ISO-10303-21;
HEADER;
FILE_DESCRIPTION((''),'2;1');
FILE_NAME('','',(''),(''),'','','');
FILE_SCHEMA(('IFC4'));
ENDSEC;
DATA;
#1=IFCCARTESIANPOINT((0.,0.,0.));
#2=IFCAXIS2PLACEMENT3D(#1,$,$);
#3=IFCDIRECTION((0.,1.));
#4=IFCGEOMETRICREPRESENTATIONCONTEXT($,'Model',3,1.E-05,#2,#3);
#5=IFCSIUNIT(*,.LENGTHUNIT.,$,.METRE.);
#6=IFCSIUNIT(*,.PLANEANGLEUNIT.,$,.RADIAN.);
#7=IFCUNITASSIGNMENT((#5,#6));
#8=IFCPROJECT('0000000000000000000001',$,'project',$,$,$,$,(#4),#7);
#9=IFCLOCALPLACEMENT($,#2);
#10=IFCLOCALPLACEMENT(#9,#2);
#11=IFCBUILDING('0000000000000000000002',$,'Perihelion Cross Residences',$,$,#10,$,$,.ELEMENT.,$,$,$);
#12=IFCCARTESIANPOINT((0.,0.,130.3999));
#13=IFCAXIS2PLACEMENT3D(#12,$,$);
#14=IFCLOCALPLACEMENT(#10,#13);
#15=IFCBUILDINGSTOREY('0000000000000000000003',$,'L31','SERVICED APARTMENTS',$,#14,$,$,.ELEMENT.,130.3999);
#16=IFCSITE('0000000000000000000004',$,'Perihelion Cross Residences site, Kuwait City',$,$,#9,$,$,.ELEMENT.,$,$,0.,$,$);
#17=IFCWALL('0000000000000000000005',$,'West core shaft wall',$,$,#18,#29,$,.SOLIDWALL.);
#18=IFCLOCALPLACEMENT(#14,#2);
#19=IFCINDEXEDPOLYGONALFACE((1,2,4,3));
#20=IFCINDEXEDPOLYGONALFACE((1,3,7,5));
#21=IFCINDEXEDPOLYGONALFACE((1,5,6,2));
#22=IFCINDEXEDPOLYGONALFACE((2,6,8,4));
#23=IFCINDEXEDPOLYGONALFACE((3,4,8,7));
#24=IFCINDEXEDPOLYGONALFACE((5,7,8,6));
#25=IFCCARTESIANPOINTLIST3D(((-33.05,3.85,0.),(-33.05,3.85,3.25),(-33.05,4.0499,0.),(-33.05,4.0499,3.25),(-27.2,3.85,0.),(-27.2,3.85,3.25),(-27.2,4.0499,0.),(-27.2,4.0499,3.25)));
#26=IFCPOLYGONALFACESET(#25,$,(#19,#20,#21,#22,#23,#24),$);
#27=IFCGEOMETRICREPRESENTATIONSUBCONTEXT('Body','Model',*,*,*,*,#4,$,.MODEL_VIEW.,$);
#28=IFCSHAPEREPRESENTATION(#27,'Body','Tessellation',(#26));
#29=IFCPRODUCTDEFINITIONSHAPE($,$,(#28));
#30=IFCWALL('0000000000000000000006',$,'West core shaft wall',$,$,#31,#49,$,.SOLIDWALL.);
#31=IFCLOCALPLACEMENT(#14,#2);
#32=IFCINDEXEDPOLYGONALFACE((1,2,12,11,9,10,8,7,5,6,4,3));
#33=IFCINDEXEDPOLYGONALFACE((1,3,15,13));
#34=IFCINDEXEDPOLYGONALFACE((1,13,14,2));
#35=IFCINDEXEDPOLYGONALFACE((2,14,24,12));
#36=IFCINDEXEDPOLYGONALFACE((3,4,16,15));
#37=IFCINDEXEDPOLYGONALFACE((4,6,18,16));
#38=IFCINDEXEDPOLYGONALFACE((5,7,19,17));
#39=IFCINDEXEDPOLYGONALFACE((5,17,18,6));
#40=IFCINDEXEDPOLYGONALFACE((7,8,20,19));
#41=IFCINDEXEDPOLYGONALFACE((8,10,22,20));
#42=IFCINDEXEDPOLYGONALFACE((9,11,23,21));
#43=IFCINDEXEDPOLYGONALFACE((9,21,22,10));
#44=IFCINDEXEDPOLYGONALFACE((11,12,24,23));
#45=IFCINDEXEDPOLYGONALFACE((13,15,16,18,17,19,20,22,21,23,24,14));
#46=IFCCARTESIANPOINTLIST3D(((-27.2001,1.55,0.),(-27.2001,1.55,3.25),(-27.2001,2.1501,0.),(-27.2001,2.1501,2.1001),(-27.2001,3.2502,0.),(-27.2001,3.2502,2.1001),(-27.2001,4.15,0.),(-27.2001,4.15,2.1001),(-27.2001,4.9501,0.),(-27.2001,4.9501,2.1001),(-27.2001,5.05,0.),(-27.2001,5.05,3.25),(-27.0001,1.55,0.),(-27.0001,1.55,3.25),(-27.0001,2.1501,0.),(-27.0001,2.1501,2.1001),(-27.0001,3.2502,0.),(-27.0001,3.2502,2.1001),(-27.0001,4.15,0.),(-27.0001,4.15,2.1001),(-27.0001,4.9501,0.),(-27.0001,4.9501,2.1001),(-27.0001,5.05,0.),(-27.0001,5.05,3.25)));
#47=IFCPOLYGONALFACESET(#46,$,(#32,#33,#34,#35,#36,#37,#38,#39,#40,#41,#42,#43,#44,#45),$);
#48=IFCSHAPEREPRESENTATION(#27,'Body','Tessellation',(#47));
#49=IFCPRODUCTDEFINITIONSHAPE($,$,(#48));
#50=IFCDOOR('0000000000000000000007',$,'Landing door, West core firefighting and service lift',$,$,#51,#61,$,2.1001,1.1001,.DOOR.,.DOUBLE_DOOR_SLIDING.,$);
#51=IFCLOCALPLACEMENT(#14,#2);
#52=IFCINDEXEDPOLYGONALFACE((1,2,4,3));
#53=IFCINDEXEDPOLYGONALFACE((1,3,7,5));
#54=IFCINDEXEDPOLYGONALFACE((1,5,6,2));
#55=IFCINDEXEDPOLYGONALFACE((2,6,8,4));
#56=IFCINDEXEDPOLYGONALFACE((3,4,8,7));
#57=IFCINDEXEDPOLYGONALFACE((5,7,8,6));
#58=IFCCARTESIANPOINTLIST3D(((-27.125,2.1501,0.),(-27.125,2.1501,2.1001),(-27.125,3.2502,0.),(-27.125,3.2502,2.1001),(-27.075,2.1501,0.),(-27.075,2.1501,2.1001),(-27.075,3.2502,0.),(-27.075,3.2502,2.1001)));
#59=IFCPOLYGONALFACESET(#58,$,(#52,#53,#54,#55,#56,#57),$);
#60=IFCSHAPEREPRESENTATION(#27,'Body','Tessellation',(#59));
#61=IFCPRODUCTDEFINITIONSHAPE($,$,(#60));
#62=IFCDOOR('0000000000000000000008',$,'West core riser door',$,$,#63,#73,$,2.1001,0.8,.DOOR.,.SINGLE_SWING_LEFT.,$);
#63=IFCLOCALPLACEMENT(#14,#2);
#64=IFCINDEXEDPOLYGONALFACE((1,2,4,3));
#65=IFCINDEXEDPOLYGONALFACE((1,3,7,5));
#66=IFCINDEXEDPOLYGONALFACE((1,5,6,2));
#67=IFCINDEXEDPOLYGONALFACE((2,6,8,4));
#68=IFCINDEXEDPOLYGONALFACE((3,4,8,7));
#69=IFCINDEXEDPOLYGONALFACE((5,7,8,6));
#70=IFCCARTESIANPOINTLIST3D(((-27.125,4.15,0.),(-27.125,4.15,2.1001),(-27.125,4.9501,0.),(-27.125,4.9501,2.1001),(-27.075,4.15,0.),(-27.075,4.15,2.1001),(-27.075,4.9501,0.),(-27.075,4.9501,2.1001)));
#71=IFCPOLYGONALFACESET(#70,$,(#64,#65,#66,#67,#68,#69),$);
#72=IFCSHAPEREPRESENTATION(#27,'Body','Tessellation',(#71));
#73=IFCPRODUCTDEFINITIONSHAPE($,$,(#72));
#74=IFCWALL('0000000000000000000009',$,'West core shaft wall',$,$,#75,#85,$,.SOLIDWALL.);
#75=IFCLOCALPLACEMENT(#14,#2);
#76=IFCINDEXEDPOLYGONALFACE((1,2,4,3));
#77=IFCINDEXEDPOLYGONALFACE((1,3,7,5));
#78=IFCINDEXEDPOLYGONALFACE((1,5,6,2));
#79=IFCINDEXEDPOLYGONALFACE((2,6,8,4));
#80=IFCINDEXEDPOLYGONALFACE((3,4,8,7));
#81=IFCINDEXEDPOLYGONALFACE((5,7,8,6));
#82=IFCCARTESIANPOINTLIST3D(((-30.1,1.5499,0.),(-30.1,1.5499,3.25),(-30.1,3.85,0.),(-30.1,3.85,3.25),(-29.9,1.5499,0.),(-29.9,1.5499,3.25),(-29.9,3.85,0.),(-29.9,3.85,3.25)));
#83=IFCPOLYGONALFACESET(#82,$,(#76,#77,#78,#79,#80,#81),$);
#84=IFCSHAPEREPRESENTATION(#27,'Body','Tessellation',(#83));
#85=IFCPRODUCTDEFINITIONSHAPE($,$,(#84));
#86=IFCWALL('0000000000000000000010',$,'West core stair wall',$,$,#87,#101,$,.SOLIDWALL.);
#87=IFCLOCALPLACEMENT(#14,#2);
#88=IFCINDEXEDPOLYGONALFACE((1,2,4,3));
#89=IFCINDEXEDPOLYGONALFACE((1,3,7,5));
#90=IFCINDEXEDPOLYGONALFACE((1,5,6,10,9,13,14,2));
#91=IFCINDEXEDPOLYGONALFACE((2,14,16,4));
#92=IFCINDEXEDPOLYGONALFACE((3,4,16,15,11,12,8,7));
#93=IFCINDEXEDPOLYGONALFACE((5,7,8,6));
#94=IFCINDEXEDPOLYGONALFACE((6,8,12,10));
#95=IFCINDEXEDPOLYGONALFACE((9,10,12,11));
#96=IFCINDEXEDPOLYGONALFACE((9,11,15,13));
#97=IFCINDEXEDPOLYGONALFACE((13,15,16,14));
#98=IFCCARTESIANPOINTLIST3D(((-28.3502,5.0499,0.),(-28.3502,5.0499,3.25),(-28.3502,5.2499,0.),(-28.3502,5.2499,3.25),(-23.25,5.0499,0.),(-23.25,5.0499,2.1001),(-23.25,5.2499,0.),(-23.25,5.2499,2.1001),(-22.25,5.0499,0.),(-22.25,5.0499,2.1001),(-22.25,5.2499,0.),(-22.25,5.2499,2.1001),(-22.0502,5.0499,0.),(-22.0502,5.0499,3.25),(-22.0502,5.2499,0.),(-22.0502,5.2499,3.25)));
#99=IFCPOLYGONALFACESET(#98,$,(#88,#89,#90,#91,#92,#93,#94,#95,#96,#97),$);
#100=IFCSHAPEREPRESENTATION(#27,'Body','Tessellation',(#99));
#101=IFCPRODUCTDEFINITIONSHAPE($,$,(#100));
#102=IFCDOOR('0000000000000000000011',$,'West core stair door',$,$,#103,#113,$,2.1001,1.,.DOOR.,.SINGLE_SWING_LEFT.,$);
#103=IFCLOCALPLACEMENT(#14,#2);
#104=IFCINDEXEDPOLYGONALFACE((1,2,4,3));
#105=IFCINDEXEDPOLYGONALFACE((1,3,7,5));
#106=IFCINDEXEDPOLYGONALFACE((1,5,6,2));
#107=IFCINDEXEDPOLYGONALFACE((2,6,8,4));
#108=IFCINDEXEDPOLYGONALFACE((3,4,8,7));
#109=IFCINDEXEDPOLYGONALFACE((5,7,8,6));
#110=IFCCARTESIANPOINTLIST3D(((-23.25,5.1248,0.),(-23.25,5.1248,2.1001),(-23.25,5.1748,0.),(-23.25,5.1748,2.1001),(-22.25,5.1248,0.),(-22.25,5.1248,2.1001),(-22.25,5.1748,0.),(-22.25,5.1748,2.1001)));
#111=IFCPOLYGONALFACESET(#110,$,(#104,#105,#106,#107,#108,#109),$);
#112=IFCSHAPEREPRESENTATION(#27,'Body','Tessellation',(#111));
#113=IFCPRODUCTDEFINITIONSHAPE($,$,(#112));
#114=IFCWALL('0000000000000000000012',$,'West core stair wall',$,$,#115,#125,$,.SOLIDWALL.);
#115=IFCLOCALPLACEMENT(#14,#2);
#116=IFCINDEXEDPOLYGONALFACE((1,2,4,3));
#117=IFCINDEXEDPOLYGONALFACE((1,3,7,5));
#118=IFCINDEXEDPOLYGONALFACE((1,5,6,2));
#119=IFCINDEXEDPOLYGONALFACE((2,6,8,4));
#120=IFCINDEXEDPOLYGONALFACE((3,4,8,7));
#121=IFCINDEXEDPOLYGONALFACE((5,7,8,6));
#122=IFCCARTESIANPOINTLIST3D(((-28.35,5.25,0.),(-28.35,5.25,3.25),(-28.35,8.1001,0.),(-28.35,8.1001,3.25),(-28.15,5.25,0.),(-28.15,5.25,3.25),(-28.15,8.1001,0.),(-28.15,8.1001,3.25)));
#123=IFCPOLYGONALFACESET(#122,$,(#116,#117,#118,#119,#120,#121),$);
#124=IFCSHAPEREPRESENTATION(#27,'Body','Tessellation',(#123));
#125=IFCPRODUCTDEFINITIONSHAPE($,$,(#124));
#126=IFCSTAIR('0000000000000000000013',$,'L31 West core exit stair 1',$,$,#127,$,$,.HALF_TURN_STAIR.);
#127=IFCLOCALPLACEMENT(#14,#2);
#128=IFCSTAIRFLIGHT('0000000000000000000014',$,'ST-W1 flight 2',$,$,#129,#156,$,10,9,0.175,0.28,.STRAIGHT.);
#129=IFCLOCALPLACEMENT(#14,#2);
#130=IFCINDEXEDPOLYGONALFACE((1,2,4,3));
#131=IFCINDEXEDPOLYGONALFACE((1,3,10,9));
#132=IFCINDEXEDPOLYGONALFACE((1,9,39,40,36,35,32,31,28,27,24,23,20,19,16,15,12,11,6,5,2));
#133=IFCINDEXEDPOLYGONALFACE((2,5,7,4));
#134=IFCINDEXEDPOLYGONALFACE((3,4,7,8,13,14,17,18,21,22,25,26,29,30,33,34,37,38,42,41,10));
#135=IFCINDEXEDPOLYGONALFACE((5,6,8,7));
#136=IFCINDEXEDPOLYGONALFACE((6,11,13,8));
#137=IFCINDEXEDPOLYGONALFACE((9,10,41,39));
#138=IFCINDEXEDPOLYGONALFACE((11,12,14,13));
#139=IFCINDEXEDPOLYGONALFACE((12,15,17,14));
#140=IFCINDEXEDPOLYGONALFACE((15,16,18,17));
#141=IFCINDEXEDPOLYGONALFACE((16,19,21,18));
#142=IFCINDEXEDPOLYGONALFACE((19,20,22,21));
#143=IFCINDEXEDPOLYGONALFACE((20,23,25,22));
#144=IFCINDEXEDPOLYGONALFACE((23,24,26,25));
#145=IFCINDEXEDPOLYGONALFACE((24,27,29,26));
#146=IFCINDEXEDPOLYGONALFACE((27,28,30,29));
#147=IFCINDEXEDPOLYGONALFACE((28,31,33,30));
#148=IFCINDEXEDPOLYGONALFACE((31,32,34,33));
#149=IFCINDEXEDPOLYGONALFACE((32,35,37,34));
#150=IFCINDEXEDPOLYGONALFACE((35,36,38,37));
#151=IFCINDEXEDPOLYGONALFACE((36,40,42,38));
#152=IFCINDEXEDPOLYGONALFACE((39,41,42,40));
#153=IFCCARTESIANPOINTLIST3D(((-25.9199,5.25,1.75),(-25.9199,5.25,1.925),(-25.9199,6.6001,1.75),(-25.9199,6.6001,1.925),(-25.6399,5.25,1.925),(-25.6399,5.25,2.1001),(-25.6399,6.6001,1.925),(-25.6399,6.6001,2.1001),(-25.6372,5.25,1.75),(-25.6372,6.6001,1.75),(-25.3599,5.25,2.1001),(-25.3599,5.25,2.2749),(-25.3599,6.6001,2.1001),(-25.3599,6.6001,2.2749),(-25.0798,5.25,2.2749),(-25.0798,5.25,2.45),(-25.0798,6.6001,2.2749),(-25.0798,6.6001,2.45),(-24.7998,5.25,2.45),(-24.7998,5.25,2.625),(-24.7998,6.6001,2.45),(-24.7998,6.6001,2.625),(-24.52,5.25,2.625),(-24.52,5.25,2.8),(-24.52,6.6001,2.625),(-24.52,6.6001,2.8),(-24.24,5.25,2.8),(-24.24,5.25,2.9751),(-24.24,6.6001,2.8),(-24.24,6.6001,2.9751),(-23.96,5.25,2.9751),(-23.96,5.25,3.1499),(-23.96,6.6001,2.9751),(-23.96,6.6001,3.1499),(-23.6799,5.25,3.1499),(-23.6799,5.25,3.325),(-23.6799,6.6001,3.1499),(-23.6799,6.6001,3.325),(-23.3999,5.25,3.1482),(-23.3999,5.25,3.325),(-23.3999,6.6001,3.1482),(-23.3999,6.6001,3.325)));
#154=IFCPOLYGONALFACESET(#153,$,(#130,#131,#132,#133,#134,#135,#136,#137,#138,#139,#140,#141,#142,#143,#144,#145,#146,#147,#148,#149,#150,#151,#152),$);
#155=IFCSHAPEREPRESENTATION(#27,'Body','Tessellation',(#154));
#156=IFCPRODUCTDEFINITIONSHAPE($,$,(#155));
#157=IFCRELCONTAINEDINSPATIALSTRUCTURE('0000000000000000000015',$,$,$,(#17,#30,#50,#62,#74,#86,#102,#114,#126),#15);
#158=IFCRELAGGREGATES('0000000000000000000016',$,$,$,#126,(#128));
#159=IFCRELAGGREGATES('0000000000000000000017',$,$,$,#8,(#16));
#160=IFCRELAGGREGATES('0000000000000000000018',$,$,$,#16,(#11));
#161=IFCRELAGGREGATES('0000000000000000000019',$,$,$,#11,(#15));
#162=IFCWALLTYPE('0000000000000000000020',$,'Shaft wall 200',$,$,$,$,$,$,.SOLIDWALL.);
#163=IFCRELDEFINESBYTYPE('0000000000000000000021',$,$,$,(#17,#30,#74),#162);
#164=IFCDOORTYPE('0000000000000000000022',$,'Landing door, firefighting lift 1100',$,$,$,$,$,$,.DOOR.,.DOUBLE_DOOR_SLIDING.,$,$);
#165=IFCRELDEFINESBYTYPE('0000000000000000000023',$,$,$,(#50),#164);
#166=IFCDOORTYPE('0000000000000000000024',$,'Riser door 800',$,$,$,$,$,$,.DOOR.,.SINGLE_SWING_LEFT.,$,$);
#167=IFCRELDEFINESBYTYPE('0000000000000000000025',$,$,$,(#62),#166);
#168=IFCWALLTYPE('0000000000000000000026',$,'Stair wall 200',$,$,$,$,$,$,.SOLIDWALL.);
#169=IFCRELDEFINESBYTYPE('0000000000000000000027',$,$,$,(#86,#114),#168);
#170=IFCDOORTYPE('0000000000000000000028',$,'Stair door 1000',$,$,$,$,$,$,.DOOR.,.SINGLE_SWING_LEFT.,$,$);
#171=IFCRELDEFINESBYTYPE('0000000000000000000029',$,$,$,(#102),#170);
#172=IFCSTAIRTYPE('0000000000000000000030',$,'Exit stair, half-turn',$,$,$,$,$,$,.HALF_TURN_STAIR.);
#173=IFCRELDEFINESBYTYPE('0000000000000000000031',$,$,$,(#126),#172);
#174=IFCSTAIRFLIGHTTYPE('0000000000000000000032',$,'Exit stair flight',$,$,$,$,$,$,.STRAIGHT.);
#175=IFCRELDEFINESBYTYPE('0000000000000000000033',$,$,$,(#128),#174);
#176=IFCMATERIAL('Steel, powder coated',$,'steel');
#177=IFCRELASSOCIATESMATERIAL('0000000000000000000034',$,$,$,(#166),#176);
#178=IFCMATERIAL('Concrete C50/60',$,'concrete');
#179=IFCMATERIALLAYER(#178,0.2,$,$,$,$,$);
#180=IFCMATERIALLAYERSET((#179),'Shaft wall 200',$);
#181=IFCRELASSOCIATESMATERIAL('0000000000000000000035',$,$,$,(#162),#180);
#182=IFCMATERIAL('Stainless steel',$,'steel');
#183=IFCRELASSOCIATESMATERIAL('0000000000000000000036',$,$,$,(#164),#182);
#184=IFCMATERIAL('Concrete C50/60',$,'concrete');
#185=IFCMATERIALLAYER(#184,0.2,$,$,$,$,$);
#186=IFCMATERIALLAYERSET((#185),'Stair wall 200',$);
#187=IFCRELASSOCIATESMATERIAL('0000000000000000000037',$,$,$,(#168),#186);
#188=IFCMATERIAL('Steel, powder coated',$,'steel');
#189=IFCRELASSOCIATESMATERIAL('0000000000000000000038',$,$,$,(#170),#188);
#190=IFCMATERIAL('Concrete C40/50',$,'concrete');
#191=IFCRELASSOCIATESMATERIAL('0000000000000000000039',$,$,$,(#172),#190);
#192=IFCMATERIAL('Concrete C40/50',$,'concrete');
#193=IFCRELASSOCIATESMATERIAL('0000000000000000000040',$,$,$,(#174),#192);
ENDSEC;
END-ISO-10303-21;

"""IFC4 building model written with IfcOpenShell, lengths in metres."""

from ifc_helpers import new_model, si_unit, direction, frame, frame_2d, origin, place, context, subcontext, project, spatial, polyline, rectangle, outline, extrude, material, layer, layer_set, type_object, element, fill, aggregate, save


model = new_model("IFC4")

# Units and contexts
model_context = context("Model", 3, precision=1e-05, world=origin(), true_north=direction((0.0, 1.0)))
body_context = subcontext(model_context, "Body", "Model", "MODEL_VIEW")
ifc_project = project(units=[si_unit("LENGTHUNIT", "METRE"), si_unit("PLANEANGLEUNIT", "RADIAN")], contexts=[model_context])

# Site, building, storey
site_placement = place(None, origin())
site = spatial("IfcSite", under=ifc_project, at=site_placement, Name="Perihelion Cross Residences site, Kuwait City", CompositionType="ELEMENT", RefElevation=0.0)
building_placement = place(site_placement, origin())
building = spatial("IfcBuilding", under=site, at=building_placement, Name="Perihelion Cross Residences", CompositionType="ELEMENT")
storey_placement = place(building_placement, frame((0.0, 0.0, 130.3999)))
storey = spatial("IfcBuildingStorey", under=building, at=storey_placement, Name="L31", Description="SERVICED APARTMENTS", CompositionType="ELEMENT", Elevation=130.3999)

# Shared definitions
ifc_material_1 = material(Name="Steel, powder coated", Category="steel")
door_type_1 = type_object("IfcDoorType", Name="Riser door 800", OperationType="SINGLE_SWING_LEFT", PredefinedType="DOOR", material=ifc_material_1)

# Shared definitions
ifc_material_2 = material(Name="Concrete C50/60", Category="concrete")
ifc_layer_1 = layer(ifc_material_2, 0.2)
ifc_layer_set_1 = layer_set([ifc_layer_1], Name="Shaft wall 200")
wall_type_1 = type_object("IfcWallType", Name="Shaft wall 200", PredefinedType="SOLIDWALL", material=ifc_layer_set_1)

# Wall
wall_1_placement = place(storey_placement, frame((-33.05, 3.95, 0.0), z_axis=(0.0, 0.0, 1.0), x_axis=(1.0, 0.0, 0.0)))
element("IfcWall", 1, at=wall_1_placement, inside=storey, type_object=wall_type_1, Name="West core shaft wall", PredefinedType="SOLIDWALL", context=body_context, shape_type="SweptSolid", body=[
    extrude(rectangle(XDim=5.8501, YDim=0.2, at=frame_2d((2.925, 0.0))), origin(), (0.0, 0.0, 1.0), 3.25),
])

# Wall, openings, doors
wall_2_placement = place(storey_placement, frame((-27.1001, 1.55, 0.0), z_axis=(0.0, 0.0, 1.0), x_axis=(0.0, 1.0, 0.0)))
wall_2 = element("IfcWall", 2, at=wall_2_placement, inside=storey, type_object=wall_type_1, Name="West core shaft wall", PredefinedType="SOLIDWALL", context=body_context, shape_type="SweptSolid", body=[
    extrude(rectangle(XDim=3.5, YDim=0.2, at=frame_2d((1.75, 0.0))), origin(), (0.0, 0.0, 1.0), 3.25),
])
opening_1_placement = place(wall_2_placement, frame((0.6001, 0.0, 0.0)))
opening_1 = element("IfcOpeningElement", 3, at=opening_1_placement, cuts=wall_2, PredefinedType="OPENING", context=body_context, shape_type="SweptSolid", body=[
    extrude(rectangle(XDim=1.1001, YDim=2.1001, at=frame_2d((0.55, 1.05))), frame((0.0, 0.1099, 0.0), z_axis=(0.0, -1.0, 0.0), x_axis=(1.0, 0.0, 0.0)), (0.0, 0.0, 1.0), 0.22),
])
opening_2_placement = place(wall_2_placement, frame((2.6001, 0.0, 0.0)))
opening_2 = element("IfcOpeningElement", 4, at=opening_2_placement, cuts=wall_2, PredefinedType="OPENING", context=body_context, shape_type="SweptSolid", body=[
    extrude(rectangle(XDim=0.8, YDim=2.1001, at=frame_2d((0.3999, 1.05))), frame((0.0, 0.1099, 0.0), z_axis=(0.0, -1.0, 0.0), x_axis=(1.0, 0.0, 0.0)), (0.0, 0.0, 1.0), 0.22),
])
ifc_material_3 = material(Name="Stainless steel", Category="steel")
door_type_2 = type_object("IfcDoorType", Name="Landing door, firefighting lift 1100", OperationType="DOUBLE_DOOR_SLIDING", PredefinedType="DOOR", material=ifc_material_3)
door_1_placement = place(opening_1_placement, origin())
door_1 = element("IfcDoor", 5, at=door_1_placement, inside=storey, type_object=door_type_2, Name="Landing door, West core firefighting and service lift", OperationType="DOUBLE_DOOR_SLIDING", OverallHeight=2.1001, OverallWidth=1.1001, PredefinedType="DOOR", context=body_context, shape_type="SweptSolid", body=[
    extrude(rectangle(XDim=1.1001, YDim=2.1001, at=frame_2d((0.55, 1.05))), frame((0.0, 0.0249, 0.0), z_axis=(0.0, -1.0, 0.0), x_axis=(1.0, 0.0, 0.0)), (0.0, 0.0, 1.0), 0.05),
])
fill(opening_1, door_1)
door_2_placement = place(opening_2_placement, origin())
door_2 = element("IfcDoor", 6, at=door_2_placement, inside=storey, type_object=door_type_1, Name="West core riser door", OperationType="SINGLE_SWING_LEFT", OverallHeight=2.1001, OverallWidth=0.8, PredefinedType="DOOR", context=body_context, shape_type="SweptSolid", body=[
    extrude(rectangle(XDim=0.8, YDim=2.1001, at=frame_2d((0.3999, 1.05))), frame((0.0, 0.0249, 0.0), z_axis=(0.0, -1.0, 0.0), x_axis=(1.0, 0.0, 0.0)), (0.0, 0.0, 1.0), 0.05),
])
fill(opening_2, door_2)

# Wall
wall_3_placement = place(storey_placement, frame((-30.0, 1.55, 0.0), z_axis=(0.0, 0.0, 1.0), x_axis=(0.0, 1.0, 0.0)))
element("IfcWall", 7, at=wall_3_placement, inside=storey, type_object=wall_type_1, Name="West core shaft wall", PredefinedType="SOLIDWALL", context=body_context, shape_type="SweptSolid", body=[
    extrude(rectangle(XDim=2.3, YDim=0.2, at=frame_2d((1.1499, 0.0))), origin(), (0.0, 0.0, 1.0), 3.25),
])

# Wall, opening, door
ifc_material_4 = material(Name="Concrete C50/60", Category="concrete")
ifc_layer_2 = layer(ifc_material_4, 0.2)
ifc_layer_set_2 = layer_set([ifc_layer_2], Name="Stair wall 200")
wall_type_2 = type_object("IfcWallType", Name="Stair wall 200", PredefinedType="SOLIDWALL", material=ifc_layer_set_2)
wall_4_placement = place(storey_placement, frame((-28.3501, 5.1499, 0.0), z_axis=(0.0, 0.0, 1.0), x_axis=(1.0, 0.0, 0.0)))
wall_4 = element("IfcWall", 8, at=wall_4_placement, inside=storey, type_object=wall_type_2, Name="West core stair wall", PredefinedType="SOLIDWALL", context=body_context, shape_type="SweptSolid", body=[
    extrude(rectangle(XDim=6.3, YDim=0.2, at=frame_2d((3.1499, 0.0))), origin(), (0.0, 0.0, 1.0), 3.25),
])
opening_3_placement = place(wall_4_placement, frame((5.1001, 0.0, 0.0)))
opening_3 = element("IfcOpeningElement", 9, at=opening_3_placement, cuts=wall_4, PredefinedType="OPENING", context=body_context, shape_type="SweptSolid", body=[
    extrude(rectangle(XDim=1.0, YDim=2.1001, at=frame_2d((0.5, 1.05))), frame((0.0, 0.1099, 0.0), z_axis=(0.0, -1.0, 0.0), x_axis=(1.0, 0.0, 0.0)), (0.0, 0.0, 1.0), 0.22),
])
ifc_material_5 = material(Name="Steel, powder coated", Category="steel")
door_type_3 = type_object("IfcDoorType", Name="Stair door 1000", OperationType="SINGLE_SWING_LEFT", PredefinedType="DOOR", material=ifc_material_5)
door_3_placement = place(opening_3_placement, origin())
door_3 = element("IfcDoor", 10, at=door_3_placement, inside=storey, type_object=door_type_3, Name="West core stair door", OperationType="SINGLE_SWING_LEFT", OverallHeight=2.1001, OverallWidth=1.0, PredefinedType="DOOR", context=body_context, shape_type="SweptSolid", body=[
    extrude(rectangle(XDim=1.0, YDim=2.1001, at=frame_2d((0.5, 1.05))), frame((0.0, 0.0249, 0.0), z_axis=(0.0, -1.0, 0.0), x_axis=(1.0, 0.0, 0.0)), (0.0, 0.0, 1.0), 0.05),
])
fill(opening_3, door_3)

# Wall
wall_5_placement = place(storey_placement, frame((-28.25, 5.25, 0.0), z_axis=(0.0, 0.0, 1.0), x_axis=(0.0, 1.0, 0.0)))
element("IfcWall", 11, at=wall_5_placement, inside=storey, type_object=wall_type_2, Name="West core stair wall", PredefinedType="SOLIDWALL", context=body_context, shape_type="SweptSolid", body=[
    extrude(rectangle(XDim=2.8501, YDim=0.2, at=frame_2d((1.425, 0.0))), origin(), (0.0, 0.0, 1.0), 3.25),
])

# Stair, stair flight
ifc_material_6 = material(Name="Concrete C40/50", Category="concrete")
stair_type = type_object("IfcStairType", Name="Exit stair, half-turn", PredefinedType="HALF_TURN_STAIR", material=ifc_material_6)
stair_placement = place(storey_placement, origin())
stair = element("IfcStair", 12, at=stair_placement, inside=storey, type_object=stair_type, Name="L31 West core exit stair 1", PredefinedType="HALF_TURN_STAIR")
ifc_material_7 = material(Name="Concrete C40/50", Category="concrete")
stair_flight_type = type_object("IfcStairFlightType", Name="Exit stair flight", PredefinedType="STRAIGHT", material=ifc_material_7)
stair_flight_placement = place(storey_placement, frame((-25.9199, 5.925, 1.75), z_axis=(0.0, 0.0, 1.0), x_axis=(1.0, 0.0, 0.0)))
stair_flight = element("IfcStairFlight", 13, at=stair_flight_placement, type_object=stair_flight_type, Name="ST-W1 flight 2", NumberOfRisers=10, NumberOfTreads=9, PredefinedType="STRAIGHT", RiserHeight=0.175, TreadLength=0.28, context=body_context, shape_type="SweptSolid", body=[
    extrude(outline(polyline([(0.0, 0.0), (0.0, 0.175), (0.28, 0.175), (0.28, 0.3501), (0.5601, 0.3501), (0.5601, 0.5249), (0.8401, 0.5249), (0.8401, 0.7), (1.1201, 0.7), (1.1201, 0.875), (1.3999, 0.875), (1.3999, 1.05), (1.6799, 1.05), (1.6799, 1.2251), (1.96, 1.2251), (1.96, 1.3999), (2.24, 1.3999), (2.24, 1.575), (2.52, 1.575), (2.52, 1.75), (2.52, 1.3982), (0.2827, 0.0), (0.0, 0.0)])), frame((0.0, 0.675, 0.0), z_axis=(0.0, -1.0, 0.0), x_axis=(1.0, 0.0, 0.0)), (0.0, 0.0, 1.0), 1.3501),
])
aggregate(stair, [stair_flight])

save(model, "model.ifc")
